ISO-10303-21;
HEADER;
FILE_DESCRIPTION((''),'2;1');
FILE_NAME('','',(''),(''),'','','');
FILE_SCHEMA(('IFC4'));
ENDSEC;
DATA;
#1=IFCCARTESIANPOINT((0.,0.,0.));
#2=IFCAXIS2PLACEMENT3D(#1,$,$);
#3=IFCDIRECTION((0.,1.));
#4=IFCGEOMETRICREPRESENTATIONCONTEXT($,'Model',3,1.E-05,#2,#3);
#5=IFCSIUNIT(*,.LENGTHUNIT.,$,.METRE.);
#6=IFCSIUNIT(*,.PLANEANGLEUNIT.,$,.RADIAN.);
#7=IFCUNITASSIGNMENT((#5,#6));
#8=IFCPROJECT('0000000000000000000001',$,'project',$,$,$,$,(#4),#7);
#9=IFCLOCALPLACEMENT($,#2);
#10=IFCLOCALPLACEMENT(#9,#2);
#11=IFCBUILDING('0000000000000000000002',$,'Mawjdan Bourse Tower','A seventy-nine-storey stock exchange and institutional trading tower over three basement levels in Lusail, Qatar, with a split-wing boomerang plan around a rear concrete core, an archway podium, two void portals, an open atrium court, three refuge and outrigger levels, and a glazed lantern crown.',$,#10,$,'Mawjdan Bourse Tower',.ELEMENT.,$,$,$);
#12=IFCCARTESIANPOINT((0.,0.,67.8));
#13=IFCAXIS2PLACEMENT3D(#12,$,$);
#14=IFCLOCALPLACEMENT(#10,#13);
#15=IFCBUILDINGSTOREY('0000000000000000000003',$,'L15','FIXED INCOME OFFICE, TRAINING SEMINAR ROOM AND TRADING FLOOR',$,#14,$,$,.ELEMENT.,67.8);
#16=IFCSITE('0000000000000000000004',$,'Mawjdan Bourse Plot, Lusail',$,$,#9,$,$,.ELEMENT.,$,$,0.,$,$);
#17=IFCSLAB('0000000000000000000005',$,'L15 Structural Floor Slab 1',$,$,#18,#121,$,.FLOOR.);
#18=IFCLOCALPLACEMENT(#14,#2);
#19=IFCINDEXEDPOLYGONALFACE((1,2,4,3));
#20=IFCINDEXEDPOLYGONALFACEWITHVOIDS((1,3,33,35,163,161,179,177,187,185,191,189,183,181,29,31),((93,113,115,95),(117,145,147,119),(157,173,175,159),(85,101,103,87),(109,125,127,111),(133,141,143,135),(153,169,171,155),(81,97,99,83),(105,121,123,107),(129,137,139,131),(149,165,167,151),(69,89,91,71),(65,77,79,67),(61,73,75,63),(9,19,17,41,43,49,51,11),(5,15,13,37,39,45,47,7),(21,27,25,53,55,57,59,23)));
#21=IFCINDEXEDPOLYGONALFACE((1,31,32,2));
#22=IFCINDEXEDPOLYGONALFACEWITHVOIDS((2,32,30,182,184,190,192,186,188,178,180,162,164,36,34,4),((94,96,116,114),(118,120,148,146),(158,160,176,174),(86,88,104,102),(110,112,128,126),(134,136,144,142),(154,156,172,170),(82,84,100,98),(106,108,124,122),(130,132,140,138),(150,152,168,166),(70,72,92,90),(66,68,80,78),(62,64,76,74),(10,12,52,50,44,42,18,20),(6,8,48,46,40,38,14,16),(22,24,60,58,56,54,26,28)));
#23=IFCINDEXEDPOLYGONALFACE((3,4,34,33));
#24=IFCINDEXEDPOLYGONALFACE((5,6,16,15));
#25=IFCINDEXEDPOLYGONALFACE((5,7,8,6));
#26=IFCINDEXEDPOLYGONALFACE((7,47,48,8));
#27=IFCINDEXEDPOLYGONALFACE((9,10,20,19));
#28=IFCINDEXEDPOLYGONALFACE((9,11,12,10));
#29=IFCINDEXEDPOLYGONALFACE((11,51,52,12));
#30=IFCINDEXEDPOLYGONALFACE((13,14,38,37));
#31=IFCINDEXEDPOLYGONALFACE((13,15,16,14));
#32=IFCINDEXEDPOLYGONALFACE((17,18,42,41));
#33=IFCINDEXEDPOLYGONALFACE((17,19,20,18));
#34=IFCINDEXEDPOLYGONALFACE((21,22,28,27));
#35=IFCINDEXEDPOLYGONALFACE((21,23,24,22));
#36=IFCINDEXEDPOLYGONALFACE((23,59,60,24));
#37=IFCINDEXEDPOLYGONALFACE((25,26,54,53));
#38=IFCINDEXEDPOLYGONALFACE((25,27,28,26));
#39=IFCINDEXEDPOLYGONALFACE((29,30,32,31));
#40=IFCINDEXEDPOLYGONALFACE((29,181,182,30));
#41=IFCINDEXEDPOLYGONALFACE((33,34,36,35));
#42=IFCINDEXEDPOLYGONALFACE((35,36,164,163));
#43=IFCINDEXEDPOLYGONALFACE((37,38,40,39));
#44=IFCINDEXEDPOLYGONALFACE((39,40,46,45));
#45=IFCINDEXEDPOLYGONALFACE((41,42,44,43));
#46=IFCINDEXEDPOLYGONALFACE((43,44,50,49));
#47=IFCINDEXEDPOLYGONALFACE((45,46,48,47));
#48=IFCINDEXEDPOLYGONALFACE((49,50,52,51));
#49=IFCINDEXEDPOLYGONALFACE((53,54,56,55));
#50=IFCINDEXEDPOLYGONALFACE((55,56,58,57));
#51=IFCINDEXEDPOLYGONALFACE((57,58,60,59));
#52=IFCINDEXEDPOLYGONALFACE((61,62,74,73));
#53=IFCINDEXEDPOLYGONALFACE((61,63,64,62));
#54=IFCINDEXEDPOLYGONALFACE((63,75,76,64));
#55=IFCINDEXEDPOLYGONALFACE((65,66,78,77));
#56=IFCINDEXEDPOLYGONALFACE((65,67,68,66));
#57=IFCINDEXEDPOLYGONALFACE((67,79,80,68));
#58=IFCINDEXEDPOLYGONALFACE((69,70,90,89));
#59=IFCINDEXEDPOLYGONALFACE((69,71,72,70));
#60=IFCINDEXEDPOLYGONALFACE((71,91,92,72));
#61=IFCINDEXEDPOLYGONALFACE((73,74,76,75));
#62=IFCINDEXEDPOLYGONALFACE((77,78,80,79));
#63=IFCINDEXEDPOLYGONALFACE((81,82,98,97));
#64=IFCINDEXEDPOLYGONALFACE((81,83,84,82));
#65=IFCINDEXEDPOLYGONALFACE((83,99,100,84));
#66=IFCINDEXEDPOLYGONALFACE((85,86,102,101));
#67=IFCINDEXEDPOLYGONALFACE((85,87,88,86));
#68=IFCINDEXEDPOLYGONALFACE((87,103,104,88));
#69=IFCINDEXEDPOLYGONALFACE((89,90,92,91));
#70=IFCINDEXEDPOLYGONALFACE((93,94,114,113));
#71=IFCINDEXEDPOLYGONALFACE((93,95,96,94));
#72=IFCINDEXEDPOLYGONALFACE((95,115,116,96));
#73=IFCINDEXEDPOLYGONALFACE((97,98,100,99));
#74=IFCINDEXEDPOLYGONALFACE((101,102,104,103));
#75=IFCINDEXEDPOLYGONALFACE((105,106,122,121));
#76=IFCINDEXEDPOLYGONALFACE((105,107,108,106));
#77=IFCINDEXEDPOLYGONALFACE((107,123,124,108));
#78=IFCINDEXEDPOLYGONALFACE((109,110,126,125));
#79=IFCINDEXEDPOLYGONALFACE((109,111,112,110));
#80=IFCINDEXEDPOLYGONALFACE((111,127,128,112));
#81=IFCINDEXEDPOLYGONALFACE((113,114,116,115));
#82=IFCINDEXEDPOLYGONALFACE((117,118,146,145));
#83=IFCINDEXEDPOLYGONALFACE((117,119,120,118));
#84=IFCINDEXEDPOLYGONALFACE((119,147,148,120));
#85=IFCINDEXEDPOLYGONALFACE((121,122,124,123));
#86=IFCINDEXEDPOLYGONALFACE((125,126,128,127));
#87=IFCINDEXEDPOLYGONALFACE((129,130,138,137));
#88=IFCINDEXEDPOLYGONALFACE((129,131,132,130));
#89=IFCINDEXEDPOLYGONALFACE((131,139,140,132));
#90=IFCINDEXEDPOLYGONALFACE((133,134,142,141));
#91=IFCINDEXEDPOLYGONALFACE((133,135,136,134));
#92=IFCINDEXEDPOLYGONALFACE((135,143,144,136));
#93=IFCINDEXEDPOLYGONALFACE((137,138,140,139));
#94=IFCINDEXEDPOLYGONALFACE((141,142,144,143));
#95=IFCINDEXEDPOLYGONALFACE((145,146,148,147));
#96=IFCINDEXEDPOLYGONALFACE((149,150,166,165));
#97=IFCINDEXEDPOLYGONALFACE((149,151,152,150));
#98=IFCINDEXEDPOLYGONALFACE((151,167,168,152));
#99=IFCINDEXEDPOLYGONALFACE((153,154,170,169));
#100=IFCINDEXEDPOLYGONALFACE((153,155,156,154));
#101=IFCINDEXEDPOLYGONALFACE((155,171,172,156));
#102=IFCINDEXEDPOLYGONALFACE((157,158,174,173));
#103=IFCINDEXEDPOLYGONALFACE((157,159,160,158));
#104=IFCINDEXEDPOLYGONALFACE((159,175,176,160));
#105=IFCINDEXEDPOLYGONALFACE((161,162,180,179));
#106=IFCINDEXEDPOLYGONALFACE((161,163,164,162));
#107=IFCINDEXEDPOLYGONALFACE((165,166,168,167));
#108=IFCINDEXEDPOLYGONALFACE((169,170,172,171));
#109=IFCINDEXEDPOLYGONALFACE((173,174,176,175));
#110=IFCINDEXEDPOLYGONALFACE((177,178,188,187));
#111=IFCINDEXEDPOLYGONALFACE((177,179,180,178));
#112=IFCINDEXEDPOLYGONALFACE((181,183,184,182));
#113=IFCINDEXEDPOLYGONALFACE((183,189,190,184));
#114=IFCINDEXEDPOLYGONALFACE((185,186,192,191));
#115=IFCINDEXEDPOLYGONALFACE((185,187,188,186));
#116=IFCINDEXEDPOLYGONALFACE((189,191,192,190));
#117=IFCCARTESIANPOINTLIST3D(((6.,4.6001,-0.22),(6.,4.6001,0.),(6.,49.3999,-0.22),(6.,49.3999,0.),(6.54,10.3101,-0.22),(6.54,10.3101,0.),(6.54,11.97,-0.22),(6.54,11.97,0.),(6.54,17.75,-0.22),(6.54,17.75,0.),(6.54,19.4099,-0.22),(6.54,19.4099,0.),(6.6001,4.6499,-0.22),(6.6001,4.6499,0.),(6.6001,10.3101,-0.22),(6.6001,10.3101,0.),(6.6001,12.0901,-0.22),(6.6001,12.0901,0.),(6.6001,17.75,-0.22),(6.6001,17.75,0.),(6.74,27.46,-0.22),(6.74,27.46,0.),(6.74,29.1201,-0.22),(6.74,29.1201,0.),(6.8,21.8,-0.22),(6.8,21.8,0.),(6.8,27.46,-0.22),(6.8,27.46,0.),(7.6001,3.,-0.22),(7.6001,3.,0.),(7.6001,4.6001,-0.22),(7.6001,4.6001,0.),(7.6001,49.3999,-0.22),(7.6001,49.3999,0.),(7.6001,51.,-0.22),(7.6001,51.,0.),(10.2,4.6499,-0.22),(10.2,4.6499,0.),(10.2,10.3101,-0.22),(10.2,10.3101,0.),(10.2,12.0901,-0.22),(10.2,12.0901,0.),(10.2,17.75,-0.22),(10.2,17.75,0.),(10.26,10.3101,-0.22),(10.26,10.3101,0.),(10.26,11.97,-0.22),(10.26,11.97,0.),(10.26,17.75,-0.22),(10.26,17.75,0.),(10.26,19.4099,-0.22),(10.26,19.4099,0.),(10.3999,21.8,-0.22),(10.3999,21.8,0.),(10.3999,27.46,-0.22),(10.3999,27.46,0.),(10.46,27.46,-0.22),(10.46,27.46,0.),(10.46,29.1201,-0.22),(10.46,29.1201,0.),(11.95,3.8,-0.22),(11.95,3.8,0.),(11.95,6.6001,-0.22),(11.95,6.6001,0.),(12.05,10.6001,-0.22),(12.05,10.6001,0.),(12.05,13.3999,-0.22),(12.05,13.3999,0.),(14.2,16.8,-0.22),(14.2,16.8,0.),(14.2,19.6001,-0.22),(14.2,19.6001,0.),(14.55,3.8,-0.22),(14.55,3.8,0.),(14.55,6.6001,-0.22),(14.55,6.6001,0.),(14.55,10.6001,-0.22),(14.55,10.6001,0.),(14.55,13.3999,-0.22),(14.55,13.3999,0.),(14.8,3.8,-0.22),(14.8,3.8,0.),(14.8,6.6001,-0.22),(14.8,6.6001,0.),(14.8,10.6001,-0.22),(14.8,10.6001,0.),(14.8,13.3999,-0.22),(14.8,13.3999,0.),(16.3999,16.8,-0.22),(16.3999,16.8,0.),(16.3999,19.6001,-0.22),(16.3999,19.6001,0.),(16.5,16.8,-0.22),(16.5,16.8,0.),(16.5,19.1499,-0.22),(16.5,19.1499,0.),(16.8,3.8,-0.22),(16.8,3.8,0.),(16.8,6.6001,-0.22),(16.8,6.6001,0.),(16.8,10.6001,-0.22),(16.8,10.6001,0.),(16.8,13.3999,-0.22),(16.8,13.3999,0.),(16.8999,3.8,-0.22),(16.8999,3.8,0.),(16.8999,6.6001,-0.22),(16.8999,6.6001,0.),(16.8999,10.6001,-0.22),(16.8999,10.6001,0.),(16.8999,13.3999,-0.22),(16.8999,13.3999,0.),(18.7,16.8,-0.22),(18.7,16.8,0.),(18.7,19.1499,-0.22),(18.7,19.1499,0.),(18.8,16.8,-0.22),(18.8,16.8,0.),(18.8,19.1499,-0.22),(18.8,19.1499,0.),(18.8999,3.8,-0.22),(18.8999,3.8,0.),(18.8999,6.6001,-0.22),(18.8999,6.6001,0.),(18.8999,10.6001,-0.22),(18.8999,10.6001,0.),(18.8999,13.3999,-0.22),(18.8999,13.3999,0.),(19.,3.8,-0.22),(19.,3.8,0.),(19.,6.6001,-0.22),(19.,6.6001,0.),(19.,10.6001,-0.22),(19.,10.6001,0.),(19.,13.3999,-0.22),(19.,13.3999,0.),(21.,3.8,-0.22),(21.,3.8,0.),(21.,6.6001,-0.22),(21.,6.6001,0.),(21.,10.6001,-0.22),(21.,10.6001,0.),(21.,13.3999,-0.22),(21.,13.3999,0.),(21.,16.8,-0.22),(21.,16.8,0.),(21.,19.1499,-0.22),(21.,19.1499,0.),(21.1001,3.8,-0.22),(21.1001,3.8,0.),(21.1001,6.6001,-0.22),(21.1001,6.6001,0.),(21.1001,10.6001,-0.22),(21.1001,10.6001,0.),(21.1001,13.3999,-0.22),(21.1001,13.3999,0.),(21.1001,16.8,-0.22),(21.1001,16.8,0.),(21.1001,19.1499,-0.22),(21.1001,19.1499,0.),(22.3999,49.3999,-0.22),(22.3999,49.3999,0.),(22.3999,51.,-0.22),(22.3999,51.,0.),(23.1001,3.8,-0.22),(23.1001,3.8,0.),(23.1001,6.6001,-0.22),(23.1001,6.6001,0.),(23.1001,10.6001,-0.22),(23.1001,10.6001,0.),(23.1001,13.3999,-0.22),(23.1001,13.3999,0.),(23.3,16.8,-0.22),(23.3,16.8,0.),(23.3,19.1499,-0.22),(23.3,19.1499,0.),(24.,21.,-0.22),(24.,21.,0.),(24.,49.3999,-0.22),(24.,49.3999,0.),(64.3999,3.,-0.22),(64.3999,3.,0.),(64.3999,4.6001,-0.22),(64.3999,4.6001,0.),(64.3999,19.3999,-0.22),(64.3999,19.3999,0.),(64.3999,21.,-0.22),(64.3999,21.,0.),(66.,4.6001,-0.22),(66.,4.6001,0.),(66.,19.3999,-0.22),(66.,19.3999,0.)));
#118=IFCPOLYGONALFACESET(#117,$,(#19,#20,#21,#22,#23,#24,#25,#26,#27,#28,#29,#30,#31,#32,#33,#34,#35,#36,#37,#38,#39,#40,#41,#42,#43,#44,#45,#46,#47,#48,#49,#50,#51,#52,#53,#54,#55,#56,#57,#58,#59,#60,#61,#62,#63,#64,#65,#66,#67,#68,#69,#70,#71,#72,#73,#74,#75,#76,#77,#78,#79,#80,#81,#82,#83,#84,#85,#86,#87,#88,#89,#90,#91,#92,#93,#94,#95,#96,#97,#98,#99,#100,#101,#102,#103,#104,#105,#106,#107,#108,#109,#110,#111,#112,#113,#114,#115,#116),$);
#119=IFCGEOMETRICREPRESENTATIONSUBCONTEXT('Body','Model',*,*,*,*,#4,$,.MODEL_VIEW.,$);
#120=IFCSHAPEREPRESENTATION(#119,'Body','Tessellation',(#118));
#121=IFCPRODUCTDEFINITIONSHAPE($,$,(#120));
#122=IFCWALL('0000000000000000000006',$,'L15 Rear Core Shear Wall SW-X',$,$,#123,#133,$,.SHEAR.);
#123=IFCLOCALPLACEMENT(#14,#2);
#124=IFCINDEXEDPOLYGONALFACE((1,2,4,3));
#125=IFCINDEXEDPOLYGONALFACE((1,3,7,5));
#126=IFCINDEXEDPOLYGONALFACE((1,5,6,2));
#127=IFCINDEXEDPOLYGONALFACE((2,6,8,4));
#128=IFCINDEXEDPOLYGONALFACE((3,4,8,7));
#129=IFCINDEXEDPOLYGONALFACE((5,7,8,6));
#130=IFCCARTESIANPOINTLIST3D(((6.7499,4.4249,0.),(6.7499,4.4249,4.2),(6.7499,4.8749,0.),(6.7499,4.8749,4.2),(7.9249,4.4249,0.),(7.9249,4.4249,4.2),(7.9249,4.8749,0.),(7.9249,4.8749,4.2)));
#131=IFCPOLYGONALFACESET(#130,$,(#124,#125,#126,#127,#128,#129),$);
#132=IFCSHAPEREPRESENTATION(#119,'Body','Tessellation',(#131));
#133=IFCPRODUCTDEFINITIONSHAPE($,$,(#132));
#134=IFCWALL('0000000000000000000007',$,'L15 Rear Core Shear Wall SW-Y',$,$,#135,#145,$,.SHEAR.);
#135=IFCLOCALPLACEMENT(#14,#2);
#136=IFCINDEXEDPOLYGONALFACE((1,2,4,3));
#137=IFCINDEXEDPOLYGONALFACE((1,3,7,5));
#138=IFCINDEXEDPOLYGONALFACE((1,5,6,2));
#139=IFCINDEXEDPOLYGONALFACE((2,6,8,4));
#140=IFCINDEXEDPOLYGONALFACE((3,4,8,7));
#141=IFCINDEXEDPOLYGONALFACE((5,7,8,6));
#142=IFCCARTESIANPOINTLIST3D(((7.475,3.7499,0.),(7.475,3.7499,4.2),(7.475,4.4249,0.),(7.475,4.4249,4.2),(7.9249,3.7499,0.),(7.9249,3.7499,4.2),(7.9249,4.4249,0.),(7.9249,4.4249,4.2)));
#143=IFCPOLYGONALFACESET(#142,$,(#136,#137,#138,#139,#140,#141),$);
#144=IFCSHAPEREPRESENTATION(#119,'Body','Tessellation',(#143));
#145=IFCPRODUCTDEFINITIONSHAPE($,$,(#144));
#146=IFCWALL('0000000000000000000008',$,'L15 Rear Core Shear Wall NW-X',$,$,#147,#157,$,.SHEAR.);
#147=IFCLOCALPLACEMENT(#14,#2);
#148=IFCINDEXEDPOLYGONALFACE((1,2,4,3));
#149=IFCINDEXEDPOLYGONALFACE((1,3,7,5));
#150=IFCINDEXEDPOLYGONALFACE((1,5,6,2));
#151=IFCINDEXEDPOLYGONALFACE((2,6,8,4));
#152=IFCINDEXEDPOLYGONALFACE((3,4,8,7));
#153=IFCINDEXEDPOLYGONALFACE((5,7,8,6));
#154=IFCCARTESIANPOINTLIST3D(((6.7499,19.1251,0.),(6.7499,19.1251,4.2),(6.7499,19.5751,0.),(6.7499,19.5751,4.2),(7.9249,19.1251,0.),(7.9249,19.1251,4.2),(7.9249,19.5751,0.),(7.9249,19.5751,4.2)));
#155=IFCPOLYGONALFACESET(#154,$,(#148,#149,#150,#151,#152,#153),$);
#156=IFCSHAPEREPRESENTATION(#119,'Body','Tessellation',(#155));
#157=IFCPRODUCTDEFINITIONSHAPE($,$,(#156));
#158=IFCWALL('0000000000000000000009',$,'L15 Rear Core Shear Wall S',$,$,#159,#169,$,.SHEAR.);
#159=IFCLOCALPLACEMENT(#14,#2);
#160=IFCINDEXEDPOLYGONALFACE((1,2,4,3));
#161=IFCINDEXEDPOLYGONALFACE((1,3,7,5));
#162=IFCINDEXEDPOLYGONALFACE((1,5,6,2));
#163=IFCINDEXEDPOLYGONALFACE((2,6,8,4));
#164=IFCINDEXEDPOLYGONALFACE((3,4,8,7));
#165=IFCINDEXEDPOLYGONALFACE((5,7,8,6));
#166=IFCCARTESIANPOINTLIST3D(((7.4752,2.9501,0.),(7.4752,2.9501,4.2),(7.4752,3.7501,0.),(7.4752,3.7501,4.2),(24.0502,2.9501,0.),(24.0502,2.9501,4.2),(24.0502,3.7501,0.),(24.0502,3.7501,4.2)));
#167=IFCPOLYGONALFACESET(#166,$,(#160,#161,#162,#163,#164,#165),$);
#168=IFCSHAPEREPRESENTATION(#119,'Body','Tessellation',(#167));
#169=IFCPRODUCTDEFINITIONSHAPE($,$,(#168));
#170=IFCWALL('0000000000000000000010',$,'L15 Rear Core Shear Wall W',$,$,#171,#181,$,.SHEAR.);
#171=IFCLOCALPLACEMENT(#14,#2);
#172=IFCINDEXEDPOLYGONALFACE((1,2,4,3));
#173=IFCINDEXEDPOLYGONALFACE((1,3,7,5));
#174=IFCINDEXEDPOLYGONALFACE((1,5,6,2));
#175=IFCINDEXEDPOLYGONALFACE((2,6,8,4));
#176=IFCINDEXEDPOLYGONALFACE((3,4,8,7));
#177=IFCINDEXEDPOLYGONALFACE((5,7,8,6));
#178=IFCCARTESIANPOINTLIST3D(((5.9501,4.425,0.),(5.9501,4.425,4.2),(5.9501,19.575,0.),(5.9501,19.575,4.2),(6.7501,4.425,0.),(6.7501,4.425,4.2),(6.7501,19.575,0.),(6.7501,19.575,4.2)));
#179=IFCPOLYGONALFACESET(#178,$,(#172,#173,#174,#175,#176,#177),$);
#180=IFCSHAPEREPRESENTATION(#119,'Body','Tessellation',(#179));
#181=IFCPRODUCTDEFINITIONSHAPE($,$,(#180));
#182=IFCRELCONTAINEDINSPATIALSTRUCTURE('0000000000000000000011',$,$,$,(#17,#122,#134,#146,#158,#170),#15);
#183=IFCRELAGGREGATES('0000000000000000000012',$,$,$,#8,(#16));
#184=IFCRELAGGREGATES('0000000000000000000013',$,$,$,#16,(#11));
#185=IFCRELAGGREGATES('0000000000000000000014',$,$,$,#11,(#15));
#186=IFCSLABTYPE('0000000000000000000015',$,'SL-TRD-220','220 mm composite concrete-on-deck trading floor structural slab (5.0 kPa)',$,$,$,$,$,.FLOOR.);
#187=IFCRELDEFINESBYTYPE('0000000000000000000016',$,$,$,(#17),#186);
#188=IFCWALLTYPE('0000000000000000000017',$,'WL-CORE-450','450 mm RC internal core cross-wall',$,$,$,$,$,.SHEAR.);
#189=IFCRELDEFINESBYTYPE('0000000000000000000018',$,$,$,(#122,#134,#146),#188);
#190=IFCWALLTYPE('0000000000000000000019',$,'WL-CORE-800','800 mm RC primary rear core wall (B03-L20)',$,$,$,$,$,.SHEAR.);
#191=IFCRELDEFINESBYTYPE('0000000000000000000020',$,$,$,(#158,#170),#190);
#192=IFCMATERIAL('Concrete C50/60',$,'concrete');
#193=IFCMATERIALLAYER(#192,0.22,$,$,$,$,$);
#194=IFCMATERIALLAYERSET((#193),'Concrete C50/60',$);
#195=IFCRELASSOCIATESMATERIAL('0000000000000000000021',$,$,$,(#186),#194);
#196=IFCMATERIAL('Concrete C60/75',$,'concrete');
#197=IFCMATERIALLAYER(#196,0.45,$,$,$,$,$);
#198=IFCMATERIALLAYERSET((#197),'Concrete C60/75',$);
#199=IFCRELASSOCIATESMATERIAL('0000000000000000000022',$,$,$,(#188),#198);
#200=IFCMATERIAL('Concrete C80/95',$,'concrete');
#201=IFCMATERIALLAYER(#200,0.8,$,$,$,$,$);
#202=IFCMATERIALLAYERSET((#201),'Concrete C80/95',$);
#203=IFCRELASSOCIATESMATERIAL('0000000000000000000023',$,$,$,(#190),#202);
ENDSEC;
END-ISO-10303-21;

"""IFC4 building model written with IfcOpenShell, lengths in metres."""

from ifc_helpers import new_model, si_unit, direction, frame, frame_2d, origin, place, context, subcontext, project, spatial, polyline, rectangle, outline, extrude, material, layer, layer_set, type_object, element, save


model = new_model("IFC4")

# Units and contexts
model_context = context("Model", 3, precision=1e-05, world=origin(), true_north=direction((0.0, 1.0)))
body_context = subcontext(model_context, "Body", "Model", "MODEL_VIEW")
ifc_project = project(units=[si_unit("LENGTHUNIT", "METRE"), si_unit("PLANEANGLEUNIT", "RADIAN")], contexts=[model_context])

# Site, building, storey
site_placement = place(None, origin())
site = spatial("IfcSite", under=ifc_project, at=site_placement, Name="Mawjdan Bourse Plot, Lusail", CompositionType="ELEMENT", RefElevation=0.0)
building_placement = place(site_placement, origin())
building = spatial("IfcBuilding", under=site, at=building_placement, Name="Mawjdan Bourse Tower", Description="A seventy-nine-storey stock exchange and institutional trading tower over three basement levels in Lusail, Qatar, with a split-wing boomerang plan around a rear concrete core, an archway podium, two void portals, an open atrium court, three refuge and outrigger levels, and a glazed lantern crown.", LongName="Mawjdan Bourse Tower", CompositionType="ELEMENT")
storey_placement = place(building_placement, frame((0.0, 0.0, 67.8)))
storey = spatial("IfcBuildingStorey", under=building, at=storey_placement, Name="L15", Description="FIXED INCOME OFFICE, TRAINING SEMINAR ROOM AND TRADING FLOOR", CompositionType="ELEMENT", Elevation=67.8)

# Shared definitions
ifc_material_1 = material(Name="Concrete C50/60", Category="concrete")

# Slab
ifc_layer_1 = layer(ifc_material_1, 0.22)
ifc_layer_set_1 = layer_set([ifc_layer_1], Name="Concrete C50/60")
slab_type_1 = type_object("IfcSlabType", Name="SL-TRD-220", Description="220 mm composite concrete-on-deck trading floor structural slab (5.0 kPa)", PredefinedType="FLOOR", material=ifc_layer_set_1)
slab_1_placement = place(storey_placement, frame((0.0, 0.0, -0.22)))
element("IfcSlab", 1, at=slab_1_placement, inside=storey, type_object=slab_type_1, Name="L15 Structural Floor Slab 1", PredefinedType="FLOOR", context=body_context, shape_type="SweptSolid", body=[
    extrude(outline(polyline([(7.6001, 3.0), (64.3999, 3.0), (64.3999, 4.6001), (66.0, 4.6001), (66.0, 19.3999), (64.3999, 19.3999), (64.3999, 21.0), (24.0, 21.0), (24.0, 49.3999), (22.3999, 49.3999), (22.3999, 51.0), (7.6001, 51.0), (7.6001, 49.3999), (6.0, 49.3999), (6.0, 4.6001), (7.6001, 4.6001), (7.6001, 3.0)]), holes=[polyline([(11.95, 3.8), (11.95, 6.6001), (14.55, 6.6001), (14.55, 3.8), (11.95, 3.8)]), polyline([(14.8, 3.8), (14.8, 6.6001), (16.8, 6.6001), (16.8, 3.8), (14.8, 3.8)]), polyline([(10.26, 11.97), (10.26, 10.3101), (10.2, 10.3101), (10.2, 4.6499), (6.6001, 4.6499), (6.6001, 10.3101), (6.54, 10.3101), (6.54, 11.97), (10.26, 11.97)]), polyline([(12.05, 13.3999), (14.55, 13.3999), (14.55, 10.6001), (12.05, 10.6001), (12.05, 13.3999)]), polyline([(6.6001, 17.75), (6.54, 17.75), (6.54, 19.4099), (10.26, 19.4099), (10.26, 17.75), (10.2, 17.75), (10.2, 12.0901), (6.6001, 12.0901), (6.6001, 17.75)]), polyline([(14.2, 16.8), (14.2, 19.6001), (16.3999, 19.6001), (16.3999, 16.8), (14.2, 16.8)]), polyline([(10.46, 27.46), (10.3999, 27.46), (10.3999, 21.8), (6.8, 21.8), (6.8, 27.46), (6.74, 27.46), (6.74, 29.1201), (10.46, 29.1201), (10.46, 27.46)]), polyline([(16.8999, 3.8), (16.8999, 6.6001), (18.8999, 6.6001), (18.8999, 3.8), (16.8999, 3.8)]), polyline([(19.0, 3.8), (19.0, 6.6001), (21.0, 6.6001), (21.0, 3.8), (19.0, 3.8)]), polyline([(21.1001, 3.8), (21.1001, 6.6001), (23.1001, 6.6001), (23.1001, 3.8), (21.1001, 3.8)]), polyline([(14.8, 13.3999), (16.8, 13.3999), (16.8, 10.6001), (14.8, 10.6001), (14.8, 13.3999)]), polyline([(16.8999, 13.3999), (18.8999, 13.3999), (18.8999, 10.6001), (16.8999, 10.6001), (16.8999, 13.3999)]), polyline([(19.0, 10.6001), (19.0, 13.3999), (21.0, 13.3999), (21.0, 10.6001), (19.0, 10.6001)]), polyline([(21.1001, 10.6001), (21.1001, 13.3999), (23.1001, 13.3999), (23.1001, 10.6001), (21.1001, 10.6001)]), polyline([(16.5, 16.8), (16.5, 19.1499), (18.7, 19.1499), (18.7, 16.8), (16.5, 16.8)]), polyline([(18.8, 19.1499), (21.0, 19.1499), (21.0, 16.8), (18.8, 16.8), (18.8, 19.1499)]), polyline([(21.1001, 19.1499), (23.3, 19.1499), (23.3, 16.8), (21.1001, 16.8), (21.1001, 19.1499)])]), origin(), (0.0, 0.0, 1.0), 0.22),
])

# Walls
ifc_material_2 = material(Name="Concrete C60/75", Category="concrete")
ifc_layer_2 = layer(ifc_material_2, 0.45)
ifc_layer_set_2 = layer_set([ifc_layer_2], Name="Concrete C60/75")
wall_type_1 = type_object("IfcWallType", Name="WL-CORE-450", Description="450 mm RC internal core cross-wall", PredefinedType="SHEAR", material=ifc_layer_set_2)
wall_1_placement = place(storey_placement, frame((6.75, 4.6499, 0.0), z_axis=(0.0, 0.0, 1.0), x_axis=(1.0, 0.0, 0.0)))
element("IfcWall", 2, at=wall_1_placement, inside=storey, type_object=wall_type_1, Name="L15 Rear Core Shear Wall SW-X", PredefinedType="SHEAR", context=body_context, shape_type="SweptSolid", body=[
    extrude(rectangle(XDim=1.175, YDim=0.45, at=frame_2d((0.5874, 0.0))), origin(), (0.0, 0.0, 1.0), 4.2),
])
wall_2_placement = place(storey_placement, frame((7.7, 3.75, 0.0), z_axis=(0.0, 0.0, 1.0), x_axis=(0.0, 1.0, 0.0)))
element("IfcWall", 3, at=wall_2_placement, inside=storey, type_object=wall_type_1, Name="L15 Rear Core Shear Wall SW-Y", PredefinedType="SHEAR", context=body_context, shape_type="SweptSolid", body=[
    extrude(rectangle(XDim=0.675, YDim=0.45, at=frame_2d((0.3374, 0.0))), origin(), (0.0, 0.0, 1.0), 4.2),
])
wall_3_placement = place(storey_placement, frame((6.75, 19.3501, 0.0), z_axis=(0.0, 0.0, 1.0), x_axis=(1.0, 0.0, 0.0)))
element("IfcWall", 4, at=wall_3_placement, inside=storey, type_object=wall_type_1, Name="L15 Rear Core Shear Wall NW-X", PredefinedType="SHEAR", context=body_context, shape_type="SweptSolid", body=[
    extrude(rectangle(XDim=1.175, YDim=0.45, at=frame_2d((0.5874, 0.0))), origin(), (0.0, 0.0, 1.0), 4.2),
])
ifc_material_3 = material(Name="Concrete C80/95", Category="concrete")
ifc_layer_3 = layer(ifc_material_3, 0.8)
ifc_layer_set_3 = layer_set([ifc_layer_3], Name="Concrete C80/95")
wall_type_2 = type_object("IfcWallType", Name="WL-CORE-800", Description="800 mm RC primary rear core wall (B03-L20)", PredefinedType="SHEAR", material=ifc_layer_set_3)
wall_4_placement = place(storey_placement, frame((7.4751, 3.3501, 0.0), z_axis=(0.0, 0.0, 1.0), x_axis=(1.0, 0.0, 0.0)))
element("IfcWall", 5, at=wall_4_placement, inside=storey, type_object=wall_type_2, Name="L15 Rear Core Shear Wall S", PredefinedType="SHEAR", context=body_context, shape_type="SweptSolid", body=[
    extrude(rectangle(XDim=16.575, YDim=0.8, at=frame_2d((8.2876, 0.0))), origin(), (0.0, 0.0, 1.0), 4.2),
])
wall_5_placement = place(storey_placement, frame((6.3501, 4.425, 0.0), z_axis=(0.0, 0.0, 1.0), x_axis=(0.0, 1.0, 0.0)))
element("IfcWall", 6, at=wall_5_placement, inside=storey, type_object=wall_type_2, Name="L15 Rear Core Shear Wall W", PredefinedType="SHEAR", context=body_context, shape_type="SweptSolid", body=[
    extrude(rectangle(XDim=15.1499, YDim=0.8, at=frame_2d((7.575, 0.0))), origin(), (0.0, 0.0, 1.0), 4.2),
])

save(model, "model.ifc")
